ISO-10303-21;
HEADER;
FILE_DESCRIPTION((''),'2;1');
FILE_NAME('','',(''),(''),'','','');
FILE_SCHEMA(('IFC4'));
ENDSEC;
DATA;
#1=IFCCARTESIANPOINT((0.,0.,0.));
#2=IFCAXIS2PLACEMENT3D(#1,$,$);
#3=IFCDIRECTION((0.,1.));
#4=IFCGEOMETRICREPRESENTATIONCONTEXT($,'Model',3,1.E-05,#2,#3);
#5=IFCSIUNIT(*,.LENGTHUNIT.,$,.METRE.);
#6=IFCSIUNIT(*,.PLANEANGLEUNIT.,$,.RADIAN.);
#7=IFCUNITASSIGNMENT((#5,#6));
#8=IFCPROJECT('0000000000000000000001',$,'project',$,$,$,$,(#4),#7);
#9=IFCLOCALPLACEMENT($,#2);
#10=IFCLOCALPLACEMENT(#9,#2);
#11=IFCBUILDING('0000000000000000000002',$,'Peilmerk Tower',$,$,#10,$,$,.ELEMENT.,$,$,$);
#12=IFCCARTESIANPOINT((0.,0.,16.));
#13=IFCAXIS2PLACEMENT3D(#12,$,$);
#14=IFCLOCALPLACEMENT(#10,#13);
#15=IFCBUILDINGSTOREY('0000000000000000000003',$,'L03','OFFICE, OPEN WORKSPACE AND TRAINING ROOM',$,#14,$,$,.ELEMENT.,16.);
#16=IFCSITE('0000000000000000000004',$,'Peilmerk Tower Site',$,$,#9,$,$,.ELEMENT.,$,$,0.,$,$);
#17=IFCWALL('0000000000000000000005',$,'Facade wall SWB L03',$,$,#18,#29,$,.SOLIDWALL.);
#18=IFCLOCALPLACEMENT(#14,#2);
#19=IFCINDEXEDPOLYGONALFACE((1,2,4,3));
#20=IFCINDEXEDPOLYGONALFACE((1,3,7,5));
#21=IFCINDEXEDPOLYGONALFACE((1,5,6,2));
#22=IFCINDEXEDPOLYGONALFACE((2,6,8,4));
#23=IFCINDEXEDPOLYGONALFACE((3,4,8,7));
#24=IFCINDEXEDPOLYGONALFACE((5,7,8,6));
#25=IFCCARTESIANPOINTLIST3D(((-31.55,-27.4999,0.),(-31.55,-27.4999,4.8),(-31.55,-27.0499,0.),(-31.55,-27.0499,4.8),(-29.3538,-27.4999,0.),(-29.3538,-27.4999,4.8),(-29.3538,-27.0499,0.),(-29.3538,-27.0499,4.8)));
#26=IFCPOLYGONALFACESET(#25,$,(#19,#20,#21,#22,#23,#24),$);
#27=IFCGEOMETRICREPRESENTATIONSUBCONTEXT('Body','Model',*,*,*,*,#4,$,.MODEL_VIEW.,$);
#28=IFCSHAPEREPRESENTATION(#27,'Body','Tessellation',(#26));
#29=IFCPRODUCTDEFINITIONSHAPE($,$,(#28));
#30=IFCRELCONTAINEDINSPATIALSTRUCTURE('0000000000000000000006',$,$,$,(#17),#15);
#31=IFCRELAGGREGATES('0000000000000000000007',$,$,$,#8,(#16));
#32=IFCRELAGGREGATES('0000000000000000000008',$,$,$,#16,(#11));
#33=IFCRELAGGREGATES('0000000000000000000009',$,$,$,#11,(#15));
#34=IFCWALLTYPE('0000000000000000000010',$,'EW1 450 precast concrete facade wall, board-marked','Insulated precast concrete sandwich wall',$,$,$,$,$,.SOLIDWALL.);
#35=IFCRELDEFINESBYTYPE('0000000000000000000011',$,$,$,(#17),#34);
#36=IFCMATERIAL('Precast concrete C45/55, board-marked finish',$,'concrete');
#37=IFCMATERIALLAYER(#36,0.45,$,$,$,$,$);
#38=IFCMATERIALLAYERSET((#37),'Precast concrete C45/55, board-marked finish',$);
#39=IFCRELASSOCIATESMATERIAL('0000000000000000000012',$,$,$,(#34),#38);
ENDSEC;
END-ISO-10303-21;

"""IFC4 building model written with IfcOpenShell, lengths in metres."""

from ifc_helpers import new_model, si_unit, direction, frame, frame_2d, origin, place, context, subcontext, project, spatial, rectangle, extrude, material, layer, layer_set, type_object, element, save


model = new_model("IFC4")

# Units and contexts
model_context = context("Model", 3, precision=1e-05, world=origin(), true_north=direction((0.0, 1.0)))
body_context = subcontext(model_context, "Body", "Model", "MODEL_VIEW")
ifc_project = project(units=[si_unit("LENGTHUNIT", "METRE"), si_unit("PLANEANGLEUNIT", "RADIAN")], contexts=[model_context])

# Site, building, storey
site_placement = place(None, origin())
site = spatial("IfcSite", under=ifc_project, at=site_placement, Name="Peilmerk Tower Site", CompositionType="ELEMENT", RefElevation=0.0)
building_placement = place(site_placement, origin())
building = spatial("IfcBuilding", under=site, at=building_placement, Name="Peilmerk Tower", CompositionType="ELEMENT")
storey_placement = place(building_placement, frame((0.0, 0.0, 16.0)))
storey = spatial("IfcBuildingStorey", under=building, at=storey_placement, Name="L03", Description="OFFICE, OPEN WORKSPACE AND TRAINING ROOM", CompositionType="ELEMENT", Elevation=16.0)

# Wall
ifc_material_1 = material(Name="Precast concrete C45/55, board-marked finish", Category="concrete")
ifc_layer_1 = layer(ifc_material_1, 0.45)
ifc_layer_set_1 = layer_set([ifc_layer_1], Name="Precast concrete C45/55, board-marked finish")
wall_type = type_object("IfcWallType", Name="EW1 450 precast concrete facade wall, board-marked", Description="Insulated precast concrete sandwich wall", PredefinedType="SOLIDWALL", material=ifc_layer_set_1)
wall_placement = place(storey_placement, frame((-29.3538, -27.2749, 0.0), z_axis=(0.0, 0.0, 1.0), x_axis=(-1.0, 0.0, 0.0)))
element("IfcWall", 1, at=wall_placement, inside=storey, type_object=wall_type, Name="Facade wall SWB L03", PredefinedType="SOLIDWALL", context=body_context, shape_type="SweptSolid", body=[
    extrude(rectangle(XDim=2.1963, YDim=0.45, at=frame_2d((1.0981, 0.0))), origin(), (0.0, 0.0, 1.0), 4.8),
])

save(model, "model.ifc")
